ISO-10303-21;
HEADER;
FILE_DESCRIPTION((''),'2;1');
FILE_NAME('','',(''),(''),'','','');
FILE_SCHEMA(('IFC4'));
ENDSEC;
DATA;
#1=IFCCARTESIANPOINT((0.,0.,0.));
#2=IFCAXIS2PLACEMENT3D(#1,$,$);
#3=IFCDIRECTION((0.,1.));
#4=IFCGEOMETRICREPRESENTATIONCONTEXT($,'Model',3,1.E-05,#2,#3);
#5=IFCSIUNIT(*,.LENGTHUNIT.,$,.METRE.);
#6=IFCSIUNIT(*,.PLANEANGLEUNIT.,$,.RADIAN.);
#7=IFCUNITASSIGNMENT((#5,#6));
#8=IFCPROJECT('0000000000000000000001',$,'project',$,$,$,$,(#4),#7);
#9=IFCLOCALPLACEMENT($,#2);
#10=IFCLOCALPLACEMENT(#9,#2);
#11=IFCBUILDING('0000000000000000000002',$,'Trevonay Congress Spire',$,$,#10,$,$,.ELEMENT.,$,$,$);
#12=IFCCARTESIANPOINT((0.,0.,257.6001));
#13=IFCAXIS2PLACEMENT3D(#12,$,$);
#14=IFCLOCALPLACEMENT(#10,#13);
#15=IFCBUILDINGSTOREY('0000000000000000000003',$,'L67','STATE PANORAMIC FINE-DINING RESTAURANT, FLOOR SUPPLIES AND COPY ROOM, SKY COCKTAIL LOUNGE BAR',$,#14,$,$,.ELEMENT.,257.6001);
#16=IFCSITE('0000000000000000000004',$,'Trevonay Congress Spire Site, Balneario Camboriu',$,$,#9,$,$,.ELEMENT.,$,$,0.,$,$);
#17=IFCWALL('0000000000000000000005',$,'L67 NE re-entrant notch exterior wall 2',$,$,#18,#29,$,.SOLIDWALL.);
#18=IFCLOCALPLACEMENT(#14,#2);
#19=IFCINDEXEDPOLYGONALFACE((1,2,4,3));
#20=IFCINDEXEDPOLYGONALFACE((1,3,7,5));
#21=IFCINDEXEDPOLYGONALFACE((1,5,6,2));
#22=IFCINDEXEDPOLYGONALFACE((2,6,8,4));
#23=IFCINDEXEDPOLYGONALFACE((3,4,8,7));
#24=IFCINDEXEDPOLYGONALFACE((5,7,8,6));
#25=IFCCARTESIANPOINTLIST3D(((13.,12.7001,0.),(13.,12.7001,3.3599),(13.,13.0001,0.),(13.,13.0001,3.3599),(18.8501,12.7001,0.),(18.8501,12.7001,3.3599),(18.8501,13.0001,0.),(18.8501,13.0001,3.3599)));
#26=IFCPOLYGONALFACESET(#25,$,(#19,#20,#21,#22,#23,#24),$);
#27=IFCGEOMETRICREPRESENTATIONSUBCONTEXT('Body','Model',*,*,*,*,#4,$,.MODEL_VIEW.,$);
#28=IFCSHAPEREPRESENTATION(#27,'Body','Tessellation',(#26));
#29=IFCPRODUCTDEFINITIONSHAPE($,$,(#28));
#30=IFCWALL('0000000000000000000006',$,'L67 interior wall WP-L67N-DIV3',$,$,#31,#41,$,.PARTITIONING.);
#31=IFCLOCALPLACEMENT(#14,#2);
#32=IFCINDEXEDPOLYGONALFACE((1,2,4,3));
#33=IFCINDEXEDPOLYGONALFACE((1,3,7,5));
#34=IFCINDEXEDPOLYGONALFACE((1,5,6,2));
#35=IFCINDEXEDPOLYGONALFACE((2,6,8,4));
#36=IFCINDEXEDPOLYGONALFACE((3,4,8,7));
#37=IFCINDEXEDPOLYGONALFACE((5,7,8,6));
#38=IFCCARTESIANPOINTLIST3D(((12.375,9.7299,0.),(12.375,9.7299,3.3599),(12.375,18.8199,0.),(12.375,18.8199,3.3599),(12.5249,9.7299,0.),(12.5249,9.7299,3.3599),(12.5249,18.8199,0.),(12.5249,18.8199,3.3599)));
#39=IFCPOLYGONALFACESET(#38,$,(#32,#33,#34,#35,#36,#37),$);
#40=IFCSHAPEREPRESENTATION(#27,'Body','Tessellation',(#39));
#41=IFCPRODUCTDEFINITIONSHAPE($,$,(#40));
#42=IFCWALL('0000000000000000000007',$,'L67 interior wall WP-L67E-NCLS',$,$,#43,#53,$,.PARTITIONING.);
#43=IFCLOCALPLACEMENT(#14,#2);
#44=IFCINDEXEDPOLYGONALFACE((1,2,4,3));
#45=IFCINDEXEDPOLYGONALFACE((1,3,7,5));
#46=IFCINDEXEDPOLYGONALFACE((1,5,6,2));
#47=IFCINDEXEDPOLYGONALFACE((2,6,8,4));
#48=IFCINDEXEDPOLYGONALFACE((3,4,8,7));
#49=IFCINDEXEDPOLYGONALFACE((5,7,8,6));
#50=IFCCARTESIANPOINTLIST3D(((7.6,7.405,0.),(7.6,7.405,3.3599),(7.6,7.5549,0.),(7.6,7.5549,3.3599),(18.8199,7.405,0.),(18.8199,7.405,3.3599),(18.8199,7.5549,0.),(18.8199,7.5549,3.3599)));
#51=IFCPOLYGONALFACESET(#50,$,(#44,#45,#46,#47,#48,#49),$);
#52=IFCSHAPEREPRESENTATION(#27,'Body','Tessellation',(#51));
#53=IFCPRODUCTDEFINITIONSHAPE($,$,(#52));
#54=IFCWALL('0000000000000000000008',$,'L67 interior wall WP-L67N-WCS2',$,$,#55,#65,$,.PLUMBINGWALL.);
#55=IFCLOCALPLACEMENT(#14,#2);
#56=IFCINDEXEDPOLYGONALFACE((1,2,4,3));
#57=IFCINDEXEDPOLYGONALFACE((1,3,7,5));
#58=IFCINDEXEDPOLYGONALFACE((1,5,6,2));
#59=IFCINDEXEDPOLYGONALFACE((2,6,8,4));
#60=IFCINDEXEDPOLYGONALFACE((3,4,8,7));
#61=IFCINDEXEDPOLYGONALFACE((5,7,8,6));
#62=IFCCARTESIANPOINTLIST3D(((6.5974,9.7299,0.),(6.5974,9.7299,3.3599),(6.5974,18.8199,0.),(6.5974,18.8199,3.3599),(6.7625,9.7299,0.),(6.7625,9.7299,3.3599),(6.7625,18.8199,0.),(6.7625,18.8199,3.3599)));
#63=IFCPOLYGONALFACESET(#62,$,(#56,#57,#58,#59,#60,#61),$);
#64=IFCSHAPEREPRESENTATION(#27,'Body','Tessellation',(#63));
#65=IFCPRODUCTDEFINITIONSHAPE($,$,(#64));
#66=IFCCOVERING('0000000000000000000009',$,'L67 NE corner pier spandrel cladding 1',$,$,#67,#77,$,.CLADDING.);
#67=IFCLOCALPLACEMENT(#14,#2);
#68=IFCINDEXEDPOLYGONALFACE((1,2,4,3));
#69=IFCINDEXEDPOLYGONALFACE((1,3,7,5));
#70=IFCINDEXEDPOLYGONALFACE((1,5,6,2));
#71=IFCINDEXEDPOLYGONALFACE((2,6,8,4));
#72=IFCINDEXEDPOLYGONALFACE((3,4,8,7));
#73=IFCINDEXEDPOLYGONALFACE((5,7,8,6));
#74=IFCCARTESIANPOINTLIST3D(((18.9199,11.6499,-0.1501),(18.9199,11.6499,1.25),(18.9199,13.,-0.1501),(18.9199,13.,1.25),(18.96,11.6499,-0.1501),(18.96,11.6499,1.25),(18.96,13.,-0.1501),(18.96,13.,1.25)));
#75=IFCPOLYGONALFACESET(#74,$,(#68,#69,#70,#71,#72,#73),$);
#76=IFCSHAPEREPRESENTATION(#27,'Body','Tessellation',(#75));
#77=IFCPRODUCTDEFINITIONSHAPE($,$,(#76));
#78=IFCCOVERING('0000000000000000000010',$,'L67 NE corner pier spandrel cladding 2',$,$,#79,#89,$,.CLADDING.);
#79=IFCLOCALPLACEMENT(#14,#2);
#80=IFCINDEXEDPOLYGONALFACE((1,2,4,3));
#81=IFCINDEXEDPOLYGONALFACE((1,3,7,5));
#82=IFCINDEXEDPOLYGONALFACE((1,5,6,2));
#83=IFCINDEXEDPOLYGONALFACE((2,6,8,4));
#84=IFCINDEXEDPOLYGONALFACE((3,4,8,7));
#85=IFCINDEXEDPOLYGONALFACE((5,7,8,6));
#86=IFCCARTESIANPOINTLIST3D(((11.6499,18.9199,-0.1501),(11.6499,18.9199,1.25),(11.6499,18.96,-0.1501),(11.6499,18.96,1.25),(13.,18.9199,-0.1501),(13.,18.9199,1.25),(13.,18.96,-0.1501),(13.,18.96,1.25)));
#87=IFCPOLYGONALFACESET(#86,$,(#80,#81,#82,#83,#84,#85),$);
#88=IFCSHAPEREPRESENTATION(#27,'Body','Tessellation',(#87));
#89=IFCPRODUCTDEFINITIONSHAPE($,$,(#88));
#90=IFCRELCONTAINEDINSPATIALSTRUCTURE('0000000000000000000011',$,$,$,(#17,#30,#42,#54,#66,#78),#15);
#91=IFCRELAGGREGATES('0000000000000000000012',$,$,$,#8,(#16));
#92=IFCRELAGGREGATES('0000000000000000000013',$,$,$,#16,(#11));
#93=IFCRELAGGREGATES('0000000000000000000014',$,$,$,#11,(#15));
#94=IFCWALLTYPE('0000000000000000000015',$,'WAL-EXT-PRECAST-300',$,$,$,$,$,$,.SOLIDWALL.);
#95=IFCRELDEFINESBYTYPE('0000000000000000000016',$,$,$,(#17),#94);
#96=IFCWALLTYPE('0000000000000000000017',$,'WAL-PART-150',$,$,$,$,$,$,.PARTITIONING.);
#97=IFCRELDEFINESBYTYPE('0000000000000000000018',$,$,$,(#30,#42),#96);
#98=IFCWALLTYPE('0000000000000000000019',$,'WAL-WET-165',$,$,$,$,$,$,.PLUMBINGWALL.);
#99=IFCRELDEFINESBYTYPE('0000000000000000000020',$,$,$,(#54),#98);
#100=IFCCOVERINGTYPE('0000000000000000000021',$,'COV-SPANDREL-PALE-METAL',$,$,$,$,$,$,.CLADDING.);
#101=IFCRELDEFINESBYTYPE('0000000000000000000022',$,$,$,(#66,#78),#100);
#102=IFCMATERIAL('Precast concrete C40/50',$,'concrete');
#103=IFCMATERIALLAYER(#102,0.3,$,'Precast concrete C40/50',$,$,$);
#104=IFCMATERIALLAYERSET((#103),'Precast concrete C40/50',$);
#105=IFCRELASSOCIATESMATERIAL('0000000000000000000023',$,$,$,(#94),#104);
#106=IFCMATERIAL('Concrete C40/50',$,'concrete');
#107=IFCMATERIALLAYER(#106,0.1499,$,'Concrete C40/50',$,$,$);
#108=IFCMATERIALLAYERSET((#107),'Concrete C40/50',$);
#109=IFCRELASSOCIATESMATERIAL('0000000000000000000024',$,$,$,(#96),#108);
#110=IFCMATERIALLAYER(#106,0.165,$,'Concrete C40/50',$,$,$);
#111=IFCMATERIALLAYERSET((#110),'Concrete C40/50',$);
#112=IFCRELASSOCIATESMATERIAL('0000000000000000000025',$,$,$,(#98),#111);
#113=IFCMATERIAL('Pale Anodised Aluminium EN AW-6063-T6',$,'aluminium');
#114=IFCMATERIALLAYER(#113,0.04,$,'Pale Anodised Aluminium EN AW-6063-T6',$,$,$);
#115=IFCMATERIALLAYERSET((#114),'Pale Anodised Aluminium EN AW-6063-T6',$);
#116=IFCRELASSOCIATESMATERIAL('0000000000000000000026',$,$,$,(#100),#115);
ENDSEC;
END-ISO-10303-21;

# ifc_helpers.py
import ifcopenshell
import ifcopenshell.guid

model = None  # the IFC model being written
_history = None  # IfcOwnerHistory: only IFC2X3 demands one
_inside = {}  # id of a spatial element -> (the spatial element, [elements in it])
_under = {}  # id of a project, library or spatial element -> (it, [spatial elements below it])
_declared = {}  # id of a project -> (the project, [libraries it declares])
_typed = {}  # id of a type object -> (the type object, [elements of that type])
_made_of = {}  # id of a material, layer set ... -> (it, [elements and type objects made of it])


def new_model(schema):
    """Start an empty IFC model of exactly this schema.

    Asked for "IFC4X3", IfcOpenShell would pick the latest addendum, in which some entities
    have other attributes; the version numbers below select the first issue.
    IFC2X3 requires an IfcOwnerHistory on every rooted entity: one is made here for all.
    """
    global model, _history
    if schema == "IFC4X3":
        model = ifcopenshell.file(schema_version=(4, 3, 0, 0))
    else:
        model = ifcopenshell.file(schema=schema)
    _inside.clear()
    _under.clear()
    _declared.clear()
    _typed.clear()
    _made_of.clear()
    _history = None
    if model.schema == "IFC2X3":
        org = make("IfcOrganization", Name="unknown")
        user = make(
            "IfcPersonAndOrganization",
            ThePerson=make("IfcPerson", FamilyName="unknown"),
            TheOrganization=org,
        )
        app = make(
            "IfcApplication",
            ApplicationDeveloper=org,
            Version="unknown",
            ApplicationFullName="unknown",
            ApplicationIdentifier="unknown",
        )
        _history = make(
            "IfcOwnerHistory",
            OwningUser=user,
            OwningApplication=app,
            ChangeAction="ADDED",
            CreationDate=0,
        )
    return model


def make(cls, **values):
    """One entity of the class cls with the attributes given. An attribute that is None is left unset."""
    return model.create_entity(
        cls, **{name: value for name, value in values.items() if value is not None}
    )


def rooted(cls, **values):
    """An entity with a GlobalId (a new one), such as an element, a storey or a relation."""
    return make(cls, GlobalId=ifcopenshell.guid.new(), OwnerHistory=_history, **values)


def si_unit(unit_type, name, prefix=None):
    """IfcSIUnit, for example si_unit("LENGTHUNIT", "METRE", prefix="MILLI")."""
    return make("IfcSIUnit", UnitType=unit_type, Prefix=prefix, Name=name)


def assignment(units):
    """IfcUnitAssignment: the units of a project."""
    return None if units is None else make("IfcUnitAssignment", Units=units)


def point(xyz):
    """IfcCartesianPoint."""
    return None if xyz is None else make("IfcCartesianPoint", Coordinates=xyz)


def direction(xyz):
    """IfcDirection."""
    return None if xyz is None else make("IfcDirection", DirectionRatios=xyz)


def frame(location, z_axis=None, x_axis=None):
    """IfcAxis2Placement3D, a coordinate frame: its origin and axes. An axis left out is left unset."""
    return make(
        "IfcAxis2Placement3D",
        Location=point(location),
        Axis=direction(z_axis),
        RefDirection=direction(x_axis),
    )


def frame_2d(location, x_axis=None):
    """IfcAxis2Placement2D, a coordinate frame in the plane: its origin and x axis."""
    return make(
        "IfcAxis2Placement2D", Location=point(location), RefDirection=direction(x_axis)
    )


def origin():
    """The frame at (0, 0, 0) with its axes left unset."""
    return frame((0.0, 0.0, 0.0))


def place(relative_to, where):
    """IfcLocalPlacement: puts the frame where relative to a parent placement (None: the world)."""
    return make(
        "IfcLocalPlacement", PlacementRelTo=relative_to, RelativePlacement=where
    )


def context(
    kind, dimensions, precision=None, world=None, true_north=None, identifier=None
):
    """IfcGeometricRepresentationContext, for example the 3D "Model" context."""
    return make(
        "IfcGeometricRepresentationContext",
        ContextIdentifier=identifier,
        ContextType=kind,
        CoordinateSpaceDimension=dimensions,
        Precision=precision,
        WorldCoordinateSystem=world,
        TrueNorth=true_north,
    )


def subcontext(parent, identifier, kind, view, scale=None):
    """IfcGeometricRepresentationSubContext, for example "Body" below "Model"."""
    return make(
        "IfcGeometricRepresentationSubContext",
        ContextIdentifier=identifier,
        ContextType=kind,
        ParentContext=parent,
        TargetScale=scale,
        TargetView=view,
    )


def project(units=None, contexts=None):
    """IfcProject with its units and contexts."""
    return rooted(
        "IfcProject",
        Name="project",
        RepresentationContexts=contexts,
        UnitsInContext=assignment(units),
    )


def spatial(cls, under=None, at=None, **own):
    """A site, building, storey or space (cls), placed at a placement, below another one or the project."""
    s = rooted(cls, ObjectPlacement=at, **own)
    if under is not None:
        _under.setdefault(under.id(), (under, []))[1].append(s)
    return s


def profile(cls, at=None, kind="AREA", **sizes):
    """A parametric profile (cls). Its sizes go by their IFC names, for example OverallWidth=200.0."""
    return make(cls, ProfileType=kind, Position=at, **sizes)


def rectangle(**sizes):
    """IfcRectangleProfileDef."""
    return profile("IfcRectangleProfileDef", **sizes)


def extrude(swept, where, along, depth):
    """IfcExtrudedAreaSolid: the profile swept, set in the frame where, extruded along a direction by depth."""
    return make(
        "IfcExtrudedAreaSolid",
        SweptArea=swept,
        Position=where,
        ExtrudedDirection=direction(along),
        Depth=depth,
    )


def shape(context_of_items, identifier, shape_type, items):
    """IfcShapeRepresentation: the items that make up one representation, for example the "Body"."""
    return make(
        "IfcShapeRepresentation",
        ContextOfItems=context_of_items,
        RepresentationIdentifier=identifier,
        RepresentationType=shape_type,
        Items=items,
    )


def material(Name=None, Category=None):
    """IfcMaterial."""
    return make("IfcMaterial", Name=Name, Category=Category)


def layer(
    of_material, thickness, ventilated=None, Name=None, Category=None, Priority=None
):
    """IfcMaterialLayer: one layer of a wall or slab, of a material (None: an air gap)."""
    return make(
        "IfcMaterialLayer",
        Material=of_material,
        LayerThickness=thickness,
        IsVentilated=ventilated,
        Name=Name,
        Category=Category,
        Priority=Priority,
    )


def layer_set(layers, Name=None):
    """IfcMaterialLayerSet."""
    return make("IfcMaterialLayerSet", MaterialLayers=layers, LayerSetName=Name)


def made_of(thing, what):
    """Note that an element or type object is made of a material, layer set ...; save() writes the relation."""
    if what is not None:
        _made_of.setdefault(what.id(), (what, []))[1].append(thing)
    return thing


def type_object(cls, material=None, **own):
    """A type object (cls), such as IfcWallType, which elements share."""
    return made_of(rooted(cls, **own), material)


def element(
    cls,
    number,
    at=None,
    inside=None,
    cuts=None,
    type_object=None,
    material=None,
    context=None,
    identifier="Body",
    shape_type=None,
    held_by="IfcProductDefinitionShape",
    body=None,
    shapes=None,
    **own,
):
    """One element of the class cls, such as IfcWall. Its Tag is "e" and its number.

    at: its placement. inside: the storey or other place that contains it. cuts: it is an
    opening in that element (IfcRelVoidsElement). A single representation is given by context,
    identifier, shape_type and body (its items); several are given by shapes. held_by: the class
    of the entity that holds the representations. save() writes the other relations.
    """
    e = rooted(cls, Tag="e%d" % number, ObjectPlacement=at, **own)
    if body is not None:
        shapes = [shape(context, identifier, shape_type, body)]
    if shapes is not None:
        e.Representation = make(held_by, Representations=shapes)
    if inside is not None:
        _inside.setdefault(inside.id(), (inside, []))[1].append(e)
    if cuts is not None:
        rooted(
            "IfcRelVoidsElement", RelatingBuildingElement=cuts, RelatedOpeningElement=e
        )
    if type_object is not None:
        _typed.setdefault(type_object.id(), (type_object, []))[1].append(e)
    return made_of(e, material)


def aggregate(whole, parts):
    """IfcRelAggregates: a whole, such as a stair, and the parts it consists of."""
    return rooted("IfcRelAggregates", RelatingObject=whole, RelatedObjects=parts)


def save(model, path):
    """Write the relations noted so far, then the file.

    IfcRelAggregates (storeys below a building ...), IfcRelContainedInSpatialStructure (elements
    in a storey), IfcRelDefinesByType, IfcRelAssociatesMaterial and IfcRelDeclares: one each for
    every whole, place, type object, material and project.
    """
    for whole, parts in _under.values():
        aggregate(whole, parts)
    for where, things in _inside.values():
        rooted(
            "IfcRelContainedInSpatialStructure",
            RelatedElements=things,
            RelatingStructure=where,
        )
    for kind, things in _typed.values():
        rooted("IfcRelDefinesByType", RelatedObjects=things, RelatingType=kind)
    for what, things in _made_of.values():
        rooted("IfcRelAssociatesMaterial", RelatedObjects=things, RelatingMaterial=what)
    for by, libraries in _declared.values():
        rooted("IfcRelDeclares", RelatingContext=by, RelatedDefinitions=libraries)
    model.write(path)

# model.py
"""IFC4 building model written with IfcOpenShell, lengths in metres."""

from ifc_helpers import new_model, si_unit, direction, frame, frame_2d, origin, place, context, subcontext, project, spatial, rectangle, extrude, material, layer, layer_set, type_object, element, save


model = new_model("IFC4")

# Units and contexts
model_context = context("Model", 3, precision=1e-05, world=origin(), true_north=direction((0.0, 1.0)))
body_context = subcontext(model_context, "Body", "Model", "MODEL_VIEW")
ifc_project = project(units=[si_unit("LENGTHUNIT", "METRE"), si_unit("PLANEANGLEUNIT", "RADIAN")], contexts=[model_context])

# Site, building, storey
site_placement = place(None, origin())
site = spatial("IfcSite", under=ifc_project, at=site_placement, Name="Trevonay Congress Spire Site, Balneario Camboriu", CompositionType="ELEMENT", RefElevation=0.0)
building_placement = place(site_placement, origin())
building = spatial("IfcBuilding", under=site, at=building_placement, Name="Trevonay Congress Spire", CompositionType="ELEMENT")
storey_placement = place(building_placement, frame((0.0, 0.0, 257.6001)))
storey = spatial("IfcBuildingStorey", under=building, at=storey_placement, Name="L67", Description="STATE PANORAMIC FINE-DINING RESTAURANT, FLOOR SUPPLIES AND COPY ROOM, SKY COCKTAIL LOUNGE BAR", CompositionType="ELEMENT", Elevation=257.6001)

# Shared definitions
ifc_material_1 = material(Name="Pale Anodised Aluminium EN AW-6063-T6", Category="aluminium")

# Shared definitions
ifc_material_2 = material(Name="Precast concrete C40/50", Category="concrete")
ifc_layer_1 = layer(ifc_material_2, 0.3, Name="Precast concrete C40/50")
ifc_layer_set_1 = layer_set([ifc_layer_1], Name="Precast concrete C40/50")
wall_type_1 = type_object("IfcWallType", Name="WAL-EXT-PRECAST-300", PredefinedType="SOLIDWALL", material=ifc_layer_set_1)

# Walls
wall_1_placement = place(storey_placement, frame((18.8501, 12.8501, 0.0), z_axis=(0.0, 0.0, 1.0), x_axis=(-1.0, 0.0, 0.0)))
element("IfcWall", 1, at=wall_1_placement, inside=storey, type_object=wall_type_1, Name="L67 NE re-entrant notch exterior wall 2", PredefinedType="SOLIDWALL", context=body_context, shape_type="SweptSolid", body=[
    extrude(rectangle(XDim=5.8501, YDim=0.3, at=frame_2d((2.925, 0.0))), origin(), (0.0, 0.0, 1.0), 3.3599),
])
ifc_material_3 = material(Name="Concrete C40/50", Category="concrete")
ifc_layer_2 = layer(ifc_material_3, 0.1499, Name="Concrete C40/50")
ifc_layer_set_2 = layer_set([ifc_layer_2], Name="Concrete C40/50")
wall_type_2 = type_object("IfcWallType", Name="WAL-PART-150", PredefinedType="PARTITIONING", material=ifc_layer_set_2)
wall_2_placement = place(storey_placement, frame((12.45, 9.73, 0.0), z_axis=(0.0, 0.0, 1.0), x_axis=(0.0, 1.0, 0.0)))
element("IfcWall", 2, at=wall_2_placement, inside=storey, type_object=wall_type_2, Name="L67 interior wall WP-L67N-DIV3", PredefinedType="PARTITIONING", context=body_context, shape_type="SweptSolid", body=[
    extrude(rectangle(XDim=9.0901, YDim=0.1499, at=frame_2d((4.5449, 0.0))), origin(), (0.0, 0.0, 1.0), 3.3599),
])
wall_3_placement = place(storey_placement, frame((7.6001, 7.48, 0.0), z_axis=(0.0, 0.0, 1.0), x_axis=(1.0, 0.0, 0.0)))
element("IfcWall", 3, at=wall_3_placement, inside=storey, type_object=wall_type_2, Name="L67 interior wall WP-L67E-NCLS", PredefinedType="PARTITIONING", context=body_context, shape_type="SweptSolid", body=[
    extrude(rectangle(XDim=11.22, YDim=0.1499, at=frame_2d((5.6099, 0.0))), origin(), (0.0, 0.0, 1.0), 3.3599),
])
ifc_layer_3 = layer(ifc_material_3, 0.165, Name="Concrete C40/50")
ifc_layer_set_3 = layer_set([ifc_layer_3], Name="Concrete C40/50")
wall_type_3 = type_object("IfcWallType", Name="WAL-WET-165", PredefinedType="PLUMBINGWALL", material=ifc_layer_set_3)
wall_4_placement = place(storey_placement, frame((6.6799, 9.73, 0.0), z_axis=(0.0, 0.0, 1.0), x_axis=(0.0, 1.0, 0.0)))
element("IfcWall", 4, at=wall_4_placement, inside=storey, type_object=wall_type_3, Name="L67 interior wall WP-L67N-WCS2", PredefinedType="PLUMBINGWALL", context=body_context, shape_type="SweptSolid", body=[
    extrude(rectangle(XDim=9.0901, YDim=0.165, at=frame_2d((4.5449, 0.0))), origin(), (0.0, 0.0, 1.0), 3.3599),
])

# Coverings
ifc_layer_4 = layer(ifc_material_1, 0.04, Name="Pale Anodised Aluminium EN AW-6063-T6")
ifc_layer_set_4 = layer_set([ifc_layer_4], Name="Pale Anodised Aluminium EN AW-6063-T6")
covering_type = type_object("IfcCoveringType", Name="COV-SPANDREL-PALE-METAL", PredefinedType="CLADDING", material=ifc_layer_set_4)
for number, where, z_axis, x_axis, name in (
    (5, (18.9399, 11.6499, -0.1501), (0.0, 0.0, 1.0), (0.0, 1.0, 0.0), "L67 NE corner pier spandrel cladding 1"),
    (6, (11.6499, 18.9399, -0.1501), (0.0, 0.0, 1.0), (1.0, 0.0, 0.0), "L67 NE corner pier spandrel cladding 2"),
):
    element("IfcCovering", number, at=place(storey_placement, frame(where, z_axis=z_axis, x_axis=x_axis)), inside=storey, type_object=covering_type, Name=name, PredefinedType="CLADDING", context=body_context, shape_type="SweptSolid", body=[
        extrude(rectangle(XDim=1.3501, YDim=0.04, at=frame_2d((0.675, 0.0))), origin(), (0.0, 0.0, 1.0), 1.4001),
    ])

save(model, "model.ifc")
